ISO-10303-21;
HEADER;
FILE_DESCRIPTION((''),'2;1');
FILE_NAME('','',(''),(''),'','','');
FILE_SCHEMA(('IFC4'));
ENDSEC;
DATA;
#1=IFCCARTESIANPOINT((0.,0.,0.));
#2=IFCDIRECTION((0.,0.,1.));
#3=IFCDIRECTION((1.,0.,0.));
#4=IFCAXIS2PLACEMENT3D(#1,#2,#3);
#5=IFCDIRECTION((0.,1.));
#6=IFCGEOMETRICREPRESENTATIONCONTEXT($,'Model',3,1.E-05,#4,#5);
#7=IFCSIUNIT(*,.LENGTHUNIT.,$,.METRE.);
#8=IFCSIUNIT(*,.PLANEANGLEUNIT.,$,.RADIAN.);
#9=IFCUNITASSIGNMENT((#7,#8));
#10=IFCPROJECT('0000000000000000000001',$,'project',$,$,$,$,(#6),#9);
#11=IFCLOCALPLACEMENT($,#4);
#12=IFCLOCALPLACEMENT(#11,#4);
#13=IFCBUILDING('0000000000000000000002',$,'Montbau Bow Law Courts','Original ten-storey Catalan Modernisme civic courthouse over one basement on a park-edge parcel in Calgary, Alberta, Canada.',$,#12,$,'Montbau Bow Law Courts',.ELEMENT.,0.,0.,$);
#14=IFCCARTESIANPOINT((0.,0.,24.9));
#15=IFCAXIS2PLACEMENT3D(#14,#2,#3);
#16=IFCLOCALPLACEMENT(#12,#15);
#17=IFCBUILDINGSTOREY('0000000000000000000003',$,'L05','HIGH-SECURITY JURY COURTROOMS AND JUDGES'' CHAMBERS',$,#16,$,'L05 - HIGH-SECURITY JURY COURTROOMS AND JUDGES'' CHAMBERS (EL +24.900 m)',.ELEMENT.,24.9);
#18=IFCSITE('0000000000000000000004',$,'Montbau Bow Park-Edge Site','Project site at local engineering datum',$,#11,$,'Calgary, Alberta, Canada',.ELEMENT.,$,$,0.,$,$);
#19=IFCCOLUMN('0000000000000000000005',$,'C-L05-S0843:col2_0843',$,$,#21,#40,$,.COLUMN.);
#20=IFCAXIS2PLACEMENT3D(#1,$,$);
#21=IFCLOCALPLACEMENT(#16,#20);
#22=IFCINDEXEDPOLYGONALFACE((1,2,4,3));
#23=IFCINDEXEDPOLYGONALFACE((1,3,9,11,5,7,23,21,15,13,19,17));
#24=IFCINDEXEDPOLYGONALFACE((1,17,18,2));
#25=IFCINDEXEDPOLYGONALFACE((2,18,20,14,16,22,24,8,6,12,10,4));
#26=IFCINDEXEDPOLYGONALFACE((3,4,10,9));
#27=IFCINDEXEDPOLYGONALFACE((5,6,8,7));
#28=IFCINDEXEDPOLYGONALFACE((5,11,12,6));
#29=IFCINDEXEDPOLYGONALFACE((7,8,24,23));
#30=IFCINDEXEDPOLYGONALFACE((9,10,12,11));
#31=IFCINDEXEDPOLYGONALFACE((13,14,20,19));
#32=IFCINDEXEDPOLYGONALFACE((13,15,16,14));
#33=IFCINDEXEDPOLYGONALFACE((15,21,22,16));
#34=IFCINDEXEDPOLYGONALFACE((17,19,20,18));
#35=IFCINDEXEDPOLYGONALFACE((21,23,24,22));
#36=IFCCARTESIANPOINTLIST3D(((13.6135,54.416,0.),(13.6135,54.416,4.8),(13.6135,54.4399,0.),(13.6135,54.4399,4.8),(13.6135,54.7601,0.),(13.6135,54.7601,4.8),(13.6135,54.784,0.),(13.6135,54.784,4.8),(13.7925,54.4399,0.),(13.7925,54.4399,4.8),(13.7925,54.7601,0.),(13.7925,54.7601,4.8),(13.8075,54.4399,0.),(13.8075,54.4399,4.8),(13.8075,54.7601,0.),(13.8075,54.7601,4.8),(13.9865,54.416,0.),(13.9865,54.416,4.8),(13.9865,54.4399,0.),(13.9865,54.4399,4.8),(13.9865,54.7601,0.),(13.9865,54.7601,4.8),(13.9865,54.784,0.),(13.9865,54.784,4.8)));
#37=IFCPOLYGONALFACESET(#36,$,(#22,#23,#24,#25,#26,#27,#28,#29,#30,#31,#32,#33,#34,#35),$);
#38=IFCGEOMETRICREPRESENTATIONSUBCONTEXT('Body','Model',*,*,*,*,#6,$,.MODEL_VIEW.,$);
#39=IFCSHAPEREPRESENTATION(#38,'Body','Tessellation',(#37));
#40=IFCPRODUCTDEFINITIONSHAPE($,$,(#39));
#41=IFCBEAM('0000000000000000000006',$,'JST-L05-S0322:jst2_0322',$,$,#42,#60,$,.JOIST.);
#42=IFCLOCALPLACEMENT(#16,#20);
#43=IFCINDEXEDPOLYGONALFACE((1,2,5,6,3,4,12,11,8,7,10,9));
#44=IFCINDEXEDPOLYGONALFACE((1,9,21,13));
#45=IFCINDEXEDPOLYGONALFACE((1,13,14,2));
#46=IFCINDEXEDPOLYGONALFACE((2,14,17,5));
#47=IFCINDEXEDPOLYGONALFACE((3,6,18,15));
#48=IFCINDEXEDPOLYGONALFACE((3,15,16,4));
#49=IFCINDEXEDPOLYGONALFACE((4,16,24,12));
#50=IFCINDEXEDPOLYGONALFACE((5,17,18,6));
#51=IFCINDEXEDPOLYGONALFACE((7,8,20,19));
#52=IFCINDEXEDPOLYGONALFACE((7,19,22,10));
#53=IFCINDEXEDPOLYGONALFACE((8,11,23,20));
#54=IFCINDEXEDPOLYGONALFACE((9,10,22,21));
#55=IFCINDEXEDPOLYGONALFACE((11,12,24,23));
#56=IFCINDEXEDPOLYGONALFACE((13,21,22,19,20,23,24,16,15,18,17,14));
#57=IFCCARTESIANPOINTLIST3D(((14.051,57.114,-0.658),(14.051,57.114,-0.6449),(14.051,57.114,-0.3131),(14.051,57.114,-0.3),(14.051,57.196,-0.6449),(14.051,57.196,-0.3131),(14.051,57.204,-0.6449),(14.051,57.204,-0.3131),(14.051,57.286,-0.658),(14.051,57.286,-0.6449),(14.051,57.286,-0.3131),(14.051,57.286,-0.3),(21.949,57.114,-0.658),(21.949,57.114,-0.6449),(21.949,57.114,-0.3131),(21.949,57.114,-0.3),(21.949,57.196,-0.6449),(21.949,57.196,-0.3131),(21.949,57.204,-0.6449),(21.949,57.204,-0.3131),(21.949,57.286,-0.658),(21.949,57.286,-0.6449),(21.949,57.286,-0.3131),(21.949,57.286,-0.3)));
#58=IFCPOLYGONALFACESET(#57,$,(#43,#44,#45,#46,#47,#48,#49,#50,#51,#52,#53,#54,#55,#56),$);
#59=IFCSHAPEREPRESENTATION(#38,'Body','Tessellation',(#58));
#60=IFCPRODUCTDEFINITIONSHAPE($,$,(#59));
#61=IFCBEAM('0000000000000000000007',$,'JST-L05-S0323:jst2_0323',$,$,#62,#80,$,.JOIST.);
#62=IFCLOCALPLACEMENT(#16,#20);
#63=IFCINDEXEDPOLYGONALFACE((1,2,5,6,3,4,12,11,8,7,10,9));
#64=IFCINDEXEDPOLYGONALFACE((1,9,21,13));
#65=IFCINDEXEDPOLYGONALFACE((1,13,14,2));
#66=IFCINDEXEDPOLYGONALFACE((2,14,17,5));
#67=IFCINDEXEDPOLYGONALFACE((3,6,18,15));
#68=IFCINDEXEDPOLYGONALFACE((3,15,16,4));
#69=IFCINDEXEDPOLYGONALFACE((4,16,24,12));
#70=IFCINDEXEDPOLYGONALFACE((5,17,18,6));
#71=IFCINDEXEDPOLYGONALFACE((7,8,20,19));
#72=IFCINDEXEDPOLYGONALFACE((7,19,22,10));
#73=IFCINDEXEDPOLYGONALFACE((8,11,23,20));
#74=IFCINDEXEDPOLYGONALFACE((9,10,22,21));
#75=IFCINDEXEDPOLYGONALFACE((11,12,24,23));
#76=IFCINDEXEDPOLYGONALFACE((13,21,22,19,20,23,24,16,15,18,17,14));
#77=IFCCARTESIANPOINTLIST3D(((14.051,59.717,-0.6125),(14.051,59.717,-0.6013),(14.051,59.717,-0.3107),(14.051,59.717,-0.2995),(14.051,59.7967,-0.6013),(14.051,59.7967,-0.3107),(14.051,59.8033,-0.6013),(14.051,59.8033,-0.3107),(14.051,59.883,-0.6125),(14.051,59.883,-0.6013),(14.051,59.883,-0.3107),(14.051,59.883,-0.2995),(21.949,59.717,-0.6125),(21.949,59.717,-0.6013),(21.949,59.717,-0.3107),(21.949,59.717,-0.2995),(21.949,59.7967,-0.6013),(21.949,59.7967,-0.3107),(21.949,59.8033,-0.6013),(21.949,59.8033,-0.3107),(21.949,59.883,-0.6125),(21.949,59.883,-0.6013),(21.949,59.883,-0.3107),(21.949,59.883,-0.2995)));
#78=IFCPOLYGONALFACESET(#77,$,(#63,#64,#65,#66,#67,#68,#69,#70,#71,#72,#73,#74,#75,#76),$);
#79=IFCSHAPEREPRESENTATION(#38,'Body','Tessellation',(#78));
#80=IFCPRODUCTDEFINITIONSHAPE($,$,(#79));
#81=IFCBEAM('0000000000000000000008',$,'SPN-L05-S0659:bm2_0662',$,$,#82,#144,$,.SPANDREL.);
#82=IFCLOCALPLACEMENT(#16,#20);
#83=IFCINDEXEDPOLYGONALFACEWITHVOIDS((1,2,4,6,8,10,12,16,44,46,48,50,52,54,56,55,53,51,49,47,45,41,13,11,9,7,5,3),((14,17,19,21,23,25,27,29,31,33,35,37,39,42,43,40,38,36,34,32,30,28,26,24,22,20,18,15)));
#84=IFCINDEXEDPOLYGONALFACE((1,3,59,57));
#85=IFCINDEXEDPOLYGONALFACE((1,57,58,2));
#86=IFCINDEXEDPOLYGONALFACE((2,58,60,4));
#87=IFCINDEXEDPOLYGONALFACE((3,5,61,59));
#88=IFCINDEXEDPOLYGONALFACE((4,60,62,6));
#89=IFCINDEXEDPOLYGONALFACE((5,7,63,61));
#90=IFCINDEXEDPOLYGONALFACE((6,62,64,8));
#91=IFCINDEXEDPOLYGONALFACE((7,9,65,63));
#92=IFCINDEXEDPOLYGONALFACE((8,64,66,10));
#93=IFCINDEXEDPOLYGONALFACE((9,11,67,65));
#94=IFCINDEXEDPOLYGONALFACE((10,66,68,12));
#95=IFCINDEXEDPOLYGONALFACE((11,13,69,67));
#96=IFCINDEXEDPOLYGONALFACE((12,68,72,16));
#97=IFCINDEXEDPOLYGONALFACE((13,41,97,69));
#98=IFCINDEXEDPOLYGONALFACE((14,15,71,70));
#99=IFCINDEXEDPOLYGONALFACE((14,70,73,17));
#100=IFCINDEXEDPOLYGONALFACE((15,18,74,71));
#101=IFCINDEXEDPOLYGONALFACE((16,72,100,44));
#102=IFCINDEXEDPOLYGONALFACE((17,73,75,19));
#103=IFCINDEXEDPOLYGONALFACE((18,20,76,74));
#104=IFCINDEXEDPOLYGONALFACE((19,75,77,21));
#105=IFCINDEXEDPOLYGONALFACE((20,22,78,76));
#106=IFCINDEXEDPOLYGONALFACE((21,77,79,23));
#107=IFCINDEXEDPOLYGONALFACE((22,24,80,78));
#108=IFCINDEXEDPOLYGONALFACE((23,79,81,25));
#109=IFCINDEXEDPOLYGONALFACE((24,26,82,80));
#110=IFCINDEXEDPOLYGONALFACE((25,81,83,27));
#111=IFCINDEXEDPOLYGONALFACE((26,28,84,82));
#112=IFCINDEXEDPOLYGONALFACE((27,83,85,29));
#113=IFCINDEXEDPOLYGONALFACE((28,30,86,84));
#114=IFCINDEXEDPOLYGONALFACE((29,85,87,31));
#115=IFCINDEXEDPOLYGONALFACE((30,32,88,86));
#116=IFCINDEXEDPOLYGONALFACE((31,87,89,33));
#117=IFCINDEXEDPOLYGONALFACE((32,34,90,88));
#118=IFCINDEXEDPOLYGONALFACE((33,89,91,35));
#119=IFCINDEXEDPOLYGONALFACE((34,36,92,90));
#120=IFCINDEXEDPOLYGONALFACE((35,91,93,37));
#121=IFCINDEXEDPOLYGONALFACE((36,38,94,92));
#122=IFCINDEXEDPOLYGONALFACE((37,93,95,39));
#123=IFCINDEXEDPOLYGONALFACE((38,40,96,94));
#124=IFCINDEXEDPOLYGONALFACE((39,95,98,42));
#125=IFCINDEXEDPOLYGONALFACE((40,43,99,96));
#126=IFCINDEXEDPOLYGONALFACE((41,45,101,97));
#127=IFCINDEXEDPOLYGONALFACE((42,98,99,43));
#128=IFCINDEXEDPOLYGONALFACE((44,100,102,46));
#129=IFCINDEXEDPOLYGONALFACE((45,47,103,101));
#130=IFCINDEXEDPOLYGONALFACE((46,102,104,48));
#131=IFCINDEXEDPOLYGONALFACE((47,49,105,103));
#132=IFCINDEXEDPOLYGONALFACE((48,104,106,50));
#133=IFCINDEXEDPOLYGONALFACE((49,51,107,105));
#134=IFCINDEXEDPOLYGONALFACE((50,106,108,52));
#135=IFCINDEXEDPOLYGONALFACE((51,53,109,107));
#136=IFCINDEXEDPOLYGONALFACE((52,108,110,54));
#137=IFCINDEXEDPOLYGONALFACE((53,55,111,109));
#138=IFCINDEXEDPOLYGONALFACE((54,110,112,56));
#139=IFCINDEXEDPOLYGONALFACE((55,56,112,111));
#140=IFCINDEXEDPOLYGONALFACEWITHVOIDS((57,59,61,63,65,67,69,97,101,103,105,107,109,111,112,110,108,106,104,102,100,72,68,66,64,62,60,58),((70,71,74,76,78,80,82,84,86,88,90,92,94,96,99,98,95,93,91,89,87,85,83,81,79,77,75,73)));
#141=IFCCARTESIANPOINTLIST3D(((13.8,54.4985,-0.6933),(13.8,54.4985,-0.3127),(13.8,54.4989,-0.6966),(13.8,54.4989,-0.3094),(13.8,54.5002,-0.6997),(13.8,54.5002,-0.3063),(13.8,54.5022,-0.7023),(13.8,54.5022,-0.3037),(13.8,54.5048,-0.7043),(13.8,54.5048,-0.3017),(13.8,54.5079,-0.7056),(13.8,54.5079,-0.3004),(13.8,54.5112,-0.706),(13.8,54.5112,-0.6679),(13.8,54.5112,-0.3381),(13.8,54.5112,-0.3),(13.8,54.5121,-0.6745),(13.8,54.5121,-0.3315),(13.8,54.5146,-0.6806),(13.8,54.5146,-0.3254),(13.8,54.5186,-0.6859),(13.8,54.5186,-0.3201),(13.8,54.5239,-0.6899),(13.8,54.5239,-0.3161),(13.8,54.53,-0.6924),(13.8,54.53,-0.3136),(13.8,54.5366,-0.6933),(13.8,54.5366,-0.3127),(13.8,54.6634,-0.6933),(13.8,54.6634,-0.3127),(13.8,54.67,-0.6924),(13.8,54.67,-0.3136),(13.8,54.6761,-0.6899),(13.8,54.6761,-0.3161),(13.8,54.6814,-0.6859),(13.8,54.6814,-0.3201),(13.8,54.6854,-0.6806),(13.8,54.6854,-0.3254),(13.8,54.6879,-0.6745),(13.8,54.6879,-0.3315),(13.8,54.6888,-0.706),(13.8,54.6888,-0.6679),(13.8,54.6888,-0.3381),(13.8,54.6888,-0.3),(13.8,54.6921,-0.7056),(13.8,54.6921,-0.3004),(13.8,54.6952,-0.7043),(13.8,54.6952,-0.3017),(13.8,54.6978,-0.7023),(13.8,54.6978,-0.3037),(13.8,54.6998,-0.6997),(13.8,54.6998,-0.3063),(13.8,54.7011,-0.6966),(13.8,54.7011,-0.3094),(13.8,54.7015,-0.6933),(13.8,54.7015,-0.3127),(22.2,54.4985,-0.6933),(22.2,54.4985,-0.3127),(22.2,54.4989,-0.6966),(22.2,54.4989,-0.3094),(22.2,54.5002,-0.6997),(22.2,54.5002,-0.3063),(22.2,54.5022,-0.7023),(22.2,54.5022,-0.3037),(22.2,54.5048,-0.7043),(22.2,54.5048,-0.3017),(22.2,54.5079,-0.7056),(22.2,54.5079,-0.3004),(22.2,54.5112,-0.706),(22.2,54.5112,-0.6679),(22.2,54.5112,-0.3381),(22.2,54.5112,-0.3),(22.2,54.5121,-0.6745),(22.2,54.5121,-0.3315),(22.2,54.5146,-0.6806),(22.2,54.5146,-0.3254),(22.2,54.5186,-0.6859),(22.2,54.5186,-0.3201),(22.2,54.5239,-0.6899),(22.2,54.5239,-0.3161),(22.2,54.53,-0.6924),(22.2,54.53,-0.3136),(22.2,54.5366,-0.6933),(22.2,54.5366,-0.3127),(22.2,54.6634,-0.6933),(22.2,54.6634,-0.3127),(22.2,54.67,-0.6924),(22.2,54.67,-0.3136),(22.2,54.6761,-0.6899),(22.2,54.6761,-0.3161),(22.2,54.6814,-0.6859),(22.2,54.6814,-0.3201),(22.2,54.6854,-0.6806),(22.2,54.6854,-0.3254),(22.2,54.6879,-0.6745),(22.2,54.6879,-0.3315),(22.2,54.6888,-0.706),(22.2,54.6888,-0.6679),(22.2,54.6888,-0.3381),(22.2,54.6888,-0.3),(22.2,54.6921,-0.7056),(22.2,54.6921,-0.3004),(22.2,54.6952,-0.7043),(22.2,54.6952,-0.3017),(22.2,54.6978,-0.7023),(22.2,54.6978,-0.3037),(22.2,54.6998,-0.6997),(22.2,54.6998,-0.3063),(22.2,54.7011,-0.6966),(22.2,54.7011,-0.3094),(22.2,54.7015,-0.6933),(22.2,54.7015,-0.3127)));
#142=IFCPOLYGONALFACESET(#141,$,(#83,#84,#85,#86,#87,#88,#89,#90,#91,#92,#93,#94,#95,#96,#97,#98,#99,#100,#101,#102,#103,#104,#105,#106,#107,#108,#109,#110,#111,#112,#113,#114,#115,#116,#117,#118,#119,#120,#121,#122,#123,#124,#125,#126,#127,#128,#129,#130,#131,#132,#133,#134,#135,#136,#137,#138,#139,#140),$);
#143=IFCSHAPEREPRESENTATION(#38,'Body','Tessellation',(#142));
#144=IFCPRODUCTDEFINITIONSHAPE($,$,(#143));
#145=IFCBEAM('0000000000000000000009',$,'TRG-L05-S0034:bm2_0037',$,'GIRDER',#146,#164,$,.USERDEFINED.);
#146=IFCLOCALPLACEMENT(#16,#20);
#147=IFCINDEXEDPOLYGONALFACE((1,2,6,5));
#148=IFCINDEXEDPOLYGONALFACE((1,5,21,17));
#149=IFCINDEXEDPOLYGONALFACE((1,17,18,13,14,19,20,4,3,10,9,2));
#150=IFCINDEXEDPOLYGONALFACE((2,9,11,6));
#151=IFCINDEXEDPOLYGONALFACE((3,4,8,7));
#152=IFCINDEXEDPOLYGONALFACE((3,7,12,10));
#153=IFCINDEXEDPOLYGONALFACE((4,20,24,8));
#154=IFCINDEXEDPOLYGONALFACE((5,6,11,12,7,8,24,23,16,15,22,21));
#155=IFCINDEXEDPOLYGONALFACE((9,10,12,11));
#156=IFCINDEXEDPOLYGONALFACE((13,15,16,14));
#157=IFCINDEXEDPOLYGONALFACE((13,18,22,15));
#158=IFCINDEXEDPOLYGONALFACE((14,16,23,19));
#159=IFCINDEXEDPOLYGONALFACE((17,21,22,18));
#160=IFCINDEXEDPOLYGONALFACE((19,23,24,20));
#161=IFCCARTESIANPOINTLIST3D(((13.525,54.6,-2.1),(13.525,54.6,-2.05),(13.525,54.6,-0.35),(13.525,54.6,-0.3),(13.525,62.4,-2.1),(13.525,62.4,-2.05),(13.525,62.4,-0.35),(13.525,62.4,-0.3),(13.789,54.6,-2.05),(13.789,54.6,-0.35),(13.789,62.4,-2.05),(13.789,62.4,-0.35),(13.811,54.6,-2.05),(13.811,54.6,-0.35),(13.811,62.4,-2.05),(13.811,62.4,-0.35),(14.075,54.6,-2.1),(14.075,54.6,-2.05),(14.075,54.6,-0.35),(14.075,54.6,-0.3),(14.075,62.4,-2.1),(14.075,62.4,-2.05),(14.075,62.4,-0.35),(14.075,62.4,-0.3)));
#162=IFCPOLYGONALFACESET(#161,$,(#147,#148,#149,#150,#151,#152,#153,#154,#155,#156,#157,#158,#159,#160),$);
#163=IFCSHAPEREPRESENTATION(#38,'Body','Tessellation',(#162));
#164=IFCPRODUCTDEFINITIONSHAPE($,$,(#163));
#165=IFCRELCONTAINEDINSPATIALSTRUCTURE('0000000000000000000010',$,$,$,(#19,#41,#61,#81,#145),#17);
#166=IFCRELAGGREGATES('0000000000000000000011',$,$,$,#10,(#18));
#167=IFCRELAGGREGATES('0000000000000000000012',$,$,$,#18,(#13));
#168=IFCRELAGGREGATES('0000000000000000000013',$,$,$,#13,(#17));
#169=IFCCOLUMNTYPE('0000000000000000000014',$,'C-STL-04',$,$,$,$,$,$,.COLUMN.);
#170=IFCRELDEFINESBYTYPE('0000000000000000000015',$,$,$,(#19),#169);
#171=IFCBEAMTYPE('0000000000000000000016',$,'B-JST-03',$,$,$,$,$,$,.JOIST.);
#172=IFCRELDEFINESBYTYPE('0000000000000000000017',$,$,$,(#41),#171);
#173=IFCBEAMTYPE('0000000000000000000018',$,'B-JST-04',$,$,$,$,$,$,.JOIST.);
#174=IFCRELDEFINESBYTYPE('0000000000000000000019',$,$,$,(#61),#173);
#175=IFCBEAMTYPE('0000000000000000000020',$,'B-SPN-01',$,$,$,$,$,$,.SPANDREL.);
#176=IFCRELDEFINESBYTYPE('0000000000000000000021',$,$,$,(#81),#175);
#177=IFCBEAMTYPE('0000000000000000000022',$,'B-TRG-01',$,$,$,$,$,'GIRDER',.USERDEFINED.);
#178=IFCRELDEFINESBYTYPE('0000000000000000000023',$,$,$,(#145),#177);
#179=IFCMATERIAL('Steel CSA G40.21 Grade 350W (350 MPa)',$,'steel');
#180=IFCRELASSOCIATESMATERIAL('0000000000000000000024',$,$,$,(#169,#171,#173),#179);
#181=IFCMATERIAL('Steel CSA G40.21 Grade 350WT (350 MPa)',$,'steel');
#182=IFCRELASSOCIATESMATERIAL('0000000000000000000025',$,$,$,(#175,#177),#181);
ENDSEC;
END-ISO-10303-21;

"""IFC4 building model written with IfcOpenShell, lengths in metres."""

from ifc_helpers import new_model, si_unit, direction, frame, origin_with_axes, origin_2d_with_axis, place, context, subcontext, project, spatial, hollow_rectangle, i_section, extrude, material, material_profile, profile_set, type_object, element, save


model = new_model("IFC4")

# Units and contexts
model_context = context("Model", 3, precision=1e-05, world=origin_with_axes(), true_north=direction((0.0, 1.0)))
body_context = subcontext(model_context, "Body", "Model", "MODEL_VIEW")
ifc_project = project(units=[si_unit("LENGTHUNIT", "METRE"), si_unit("PLANEANGLEUNIT", "RADIAN")], contexts=[model_context])

# Site, building, storey
site_placement = place(None, origin_with_axes())
site = spatial("IfcSite", under=ifc_project, at=site_placement, Name="Montbau Bow Park-Edge Site", Description="Project site at local engineering datum", LongName="Calgary, Alberta, Canada", CompositionType="ELEMENT", RefElevation=0.0)
building_placement = place(site_placement, origin_with_axes())
building = spatial("IfcBuilding", under=site, at=building_placement, Name="Montbau Bow Law Courts", Description="Original ten-storey Catalan Modernisme civic courthouse over one basement on a park-edge parcel in Calgary, Alberta, Canada.", LongName="Montbau Bow Law Courts", CompositionType="ELEMENT", ElevationOfRefHeight=0.0, ElevationOfTerrain=0.0)
storey_placement = place(building_placement, frame((0.0, 0.0, 24.9), z_axis=(0.0, 0.0, 1.0), x_axis=(1.0, 0.0, 0.0)))
storey = spatial("IfcBuildingStorey", under=building, at=storey_placement, Name="L05", Description="HIGH-SECURITY JURY COURTROOMS AND JUDGES' CHAMBERS", LongName="L05 - HIGH-SECURITY JURY COURTROOMS AND JUDGES' CHAMBERS (EL +24.900 m)", CompositionType="ELEMENT", Elevation=24.9)

# Column
ifc_material_1 = material(Name="Steel CSA G40.21 Grade 350W (350 MPa)", Category="steel")
ifc_material_profile_1 = material_profile(ifc_material_1, i_section(OverallWidth=0.373, OverallDepth=0.368, WebThickness=0.015, FlangeThickness=0.0239, at=origin_2d_with_axis()), Name="W360X179", Category="Main", Priority=0)
ifc_profile_set_1 = profile_set([ifc_material_profile_1], Name="Steel CSA G40.21 Grade 350W (350 MPa)")
column_type = type_object("IfcColumnType", Name="C-STL-04", PredefinedType="COLUMN", material=ifc_profile_set_1)
column_placement = place(None, frame((13.8, 54.6, 24.9), z_axis=(0.0, 0.0, 1.0), x_axis=(1.0, 0.0, 0.0)))
element("IfcColumn", 1, at=column_placement, inside=storey, type_object=column_type, Name="C-L05-S0843:col2_0843", PredefinedType="COLUMN", context=body_context, shape_type="SweptSolid", body=[
    extrude(i_section(OverallWidth=0.373, OverallDepth=0.368, WebThickness=0.015, FlangeThickness=0.0239, at=origin_2d_with_axis()), origin_with_axes(), (0.0, 0.0, 1.0), 4.8),
])

# Beams
ifc_material_profile_2 = material_profile(ifc_material_1, i_section(OverallWidth=0.172, OverallDepth=0.358, WebThickness=0.0079, FlangeThickness=0.0131, at=origin_2d_with_axis()), Name="W360X57", Category="Main", Priority=0)
ifc_profile_set_2 = profile_set([ifc_material_profile_2], Name="Steel CSA G40.21 Grade 350W (350 MPa)")
beam_type_1 = type_object("IfcBeamType", Name="B-JST-03", PredefinedType="JOIST", material=ifc_profile_set_2)
beam_1_placement = place(None, frame((14.051, 57.2, 24.421), z_axis=(1.0, 0.0, 0.0), x_axis=(0.0, 1.0, 0.0)))
element("IfcBeam", 2, at=beam_1_placement, inside=storey, type_object=beam_type_1, Name="JST-L05-S0322:jst2_0322", PredefinedType="JOIST", context=body_context, shape_type="SweptSolid", body=[
    extrude(i_section(OverallWidth=0.172, OverallDepth=0.358, WebThickness=0.0079, FlangeThickness=0.0131, at=origin_2d_with_axis()), origin_with_axes(), (0.0, 0.0, 1.0), 7.898),
])
ifc_material_profile_3 = material_profile(ifc_material_1, i_section(OverallWidth=0.166, OverallDepth=0.313, WebThickness=0.0066, FlangeThickness=0.0112, at=origin_2d_with_axis()), Name="W310X45", Category="Main", Priority=0)
ifc_profile_set_3 = profile_set([ifc_material_profile_3], Name="Steel CSA G40.21 Grade 350W (350 MPa)")
beam_type_2 = type_object("IfcBeamType", Name="B-JST-04", PredefinedType="JOIST", material=ifc_profile_set_3)
beam_2_placement = place(None, frame((14.051, 59.8, 24.444), z_axis=(1.0, 0.0, 0.0), x_axis=(0.0, 1.0, 0.0)))
element("IfcBeam", 3, at=beam_2_placement, inside=storey, type_object=beam_type_2, Name="JST-L05-S0323:jst2_0323", PredefinedType="JOIST", context=body_context, shape_type="SweptSolid", body=[
    extrude(i_section(OverallWidth=0.166, OverallDepth=0.313, WebThickness=0.0066, FlangeThickness=0.0112, at=origin_2d_with_axis()), origin_with_axes(), (0.0, 0.0, 1.0), 7.898),
])
ifc_material_2 = material(Name="Steel CSA G40.21 Grade 350WT (350 MPa)", Category="steel")
ifc_material_profile_4 = material_profile(ifc_material_2, hollow_rectangle(XDim=0.203, YDim=0.406, WallThickness=0.0127, InnerFilletRadius=0.0254, OuterFilletRadius=0.0127, at=origin_2d_with_axis()), Name="HSS406X203X13", Category="Main", Priority=0)
ifc_profile_set_4 = profile_set([ifc_material_profile_4], Name="Steel CSA G40.21 Grade 350WT (350 MPa)")
beam_type_3 = type_object("IfcBeamType", Name="B-SPN-01", PredefinedType="SPANDREL", material=ifc_profile_set_4)
beam_3_placement = place(None, frame((13.8, 54.6, 24.397), z_axis=(1.0, 0.0, 0.0), x_axis=(0.0, 1.0, 0.0)))
element("IfcBeam", 4, at=beam_3_placement, inside=storey, type_object=beam_type_3, Name="SPN-L05-S0659:bm2_0662", PredefinedType="SPANDREL", context=body_context, shape_type="SweptSolid", body=[
    extrude(hollow_rectangle(XDim=0.203, YDim=0.406, WallThickness=0.0127, InnerFilletRadius=0.0254, OuterFilletRadius=0.0127, at=origin_2d_with_axis()), origin_with_axes(), (0.0, 0.0, 1.0), 8.4),
])
ifc_material_profile_5 = material_profile(ifc_material_2, i_section(OverallWidth=0.55, OverallDepth=1.8, WebThickness=0.022, FlangeThickness=0.05, at=origin_2d_with_axis()), Name="WWF1800X550", Category="Main", Priority=0)
ifc_profile_set_5 = profile_set([ifc_material_profile_5], Name="Steel CSA G40.21 Grade 350WT (350 MPa)")
beam_type_4 = type_object("IfcBeamType", Name="B-TRG-01", ElementType="GIRDER", PredefinedType="USERDEFINED", material=ifc_profile_set_5)
beam_4_placement = place(None, frame((13.8, 54.6, 23.7), z_axis=(0.0, 1.0, 0.0), x_axis=(-1.0, 0.0, 0.0)))
element("IfcBeam", 5, at=beam_4_placement, inside=storey, type_object=beam_type_4, Name="TRG-L05-S0034:bm2_0037", ObjectType="GIRDER", PredefinedType="USERDEFINED", context=body_context, shape_type="SweptSolid", body=[
    extrude(i_section(OverallWidth=0.55, OverallDepth=1.8, WebThickness=0.022, FlangeThickness=0.05, at=origin_2d_with_axis()), origin_with_axes(), (0.0, 0.0, 1.0), 7.8),
])

save(model, "model.ifc")
